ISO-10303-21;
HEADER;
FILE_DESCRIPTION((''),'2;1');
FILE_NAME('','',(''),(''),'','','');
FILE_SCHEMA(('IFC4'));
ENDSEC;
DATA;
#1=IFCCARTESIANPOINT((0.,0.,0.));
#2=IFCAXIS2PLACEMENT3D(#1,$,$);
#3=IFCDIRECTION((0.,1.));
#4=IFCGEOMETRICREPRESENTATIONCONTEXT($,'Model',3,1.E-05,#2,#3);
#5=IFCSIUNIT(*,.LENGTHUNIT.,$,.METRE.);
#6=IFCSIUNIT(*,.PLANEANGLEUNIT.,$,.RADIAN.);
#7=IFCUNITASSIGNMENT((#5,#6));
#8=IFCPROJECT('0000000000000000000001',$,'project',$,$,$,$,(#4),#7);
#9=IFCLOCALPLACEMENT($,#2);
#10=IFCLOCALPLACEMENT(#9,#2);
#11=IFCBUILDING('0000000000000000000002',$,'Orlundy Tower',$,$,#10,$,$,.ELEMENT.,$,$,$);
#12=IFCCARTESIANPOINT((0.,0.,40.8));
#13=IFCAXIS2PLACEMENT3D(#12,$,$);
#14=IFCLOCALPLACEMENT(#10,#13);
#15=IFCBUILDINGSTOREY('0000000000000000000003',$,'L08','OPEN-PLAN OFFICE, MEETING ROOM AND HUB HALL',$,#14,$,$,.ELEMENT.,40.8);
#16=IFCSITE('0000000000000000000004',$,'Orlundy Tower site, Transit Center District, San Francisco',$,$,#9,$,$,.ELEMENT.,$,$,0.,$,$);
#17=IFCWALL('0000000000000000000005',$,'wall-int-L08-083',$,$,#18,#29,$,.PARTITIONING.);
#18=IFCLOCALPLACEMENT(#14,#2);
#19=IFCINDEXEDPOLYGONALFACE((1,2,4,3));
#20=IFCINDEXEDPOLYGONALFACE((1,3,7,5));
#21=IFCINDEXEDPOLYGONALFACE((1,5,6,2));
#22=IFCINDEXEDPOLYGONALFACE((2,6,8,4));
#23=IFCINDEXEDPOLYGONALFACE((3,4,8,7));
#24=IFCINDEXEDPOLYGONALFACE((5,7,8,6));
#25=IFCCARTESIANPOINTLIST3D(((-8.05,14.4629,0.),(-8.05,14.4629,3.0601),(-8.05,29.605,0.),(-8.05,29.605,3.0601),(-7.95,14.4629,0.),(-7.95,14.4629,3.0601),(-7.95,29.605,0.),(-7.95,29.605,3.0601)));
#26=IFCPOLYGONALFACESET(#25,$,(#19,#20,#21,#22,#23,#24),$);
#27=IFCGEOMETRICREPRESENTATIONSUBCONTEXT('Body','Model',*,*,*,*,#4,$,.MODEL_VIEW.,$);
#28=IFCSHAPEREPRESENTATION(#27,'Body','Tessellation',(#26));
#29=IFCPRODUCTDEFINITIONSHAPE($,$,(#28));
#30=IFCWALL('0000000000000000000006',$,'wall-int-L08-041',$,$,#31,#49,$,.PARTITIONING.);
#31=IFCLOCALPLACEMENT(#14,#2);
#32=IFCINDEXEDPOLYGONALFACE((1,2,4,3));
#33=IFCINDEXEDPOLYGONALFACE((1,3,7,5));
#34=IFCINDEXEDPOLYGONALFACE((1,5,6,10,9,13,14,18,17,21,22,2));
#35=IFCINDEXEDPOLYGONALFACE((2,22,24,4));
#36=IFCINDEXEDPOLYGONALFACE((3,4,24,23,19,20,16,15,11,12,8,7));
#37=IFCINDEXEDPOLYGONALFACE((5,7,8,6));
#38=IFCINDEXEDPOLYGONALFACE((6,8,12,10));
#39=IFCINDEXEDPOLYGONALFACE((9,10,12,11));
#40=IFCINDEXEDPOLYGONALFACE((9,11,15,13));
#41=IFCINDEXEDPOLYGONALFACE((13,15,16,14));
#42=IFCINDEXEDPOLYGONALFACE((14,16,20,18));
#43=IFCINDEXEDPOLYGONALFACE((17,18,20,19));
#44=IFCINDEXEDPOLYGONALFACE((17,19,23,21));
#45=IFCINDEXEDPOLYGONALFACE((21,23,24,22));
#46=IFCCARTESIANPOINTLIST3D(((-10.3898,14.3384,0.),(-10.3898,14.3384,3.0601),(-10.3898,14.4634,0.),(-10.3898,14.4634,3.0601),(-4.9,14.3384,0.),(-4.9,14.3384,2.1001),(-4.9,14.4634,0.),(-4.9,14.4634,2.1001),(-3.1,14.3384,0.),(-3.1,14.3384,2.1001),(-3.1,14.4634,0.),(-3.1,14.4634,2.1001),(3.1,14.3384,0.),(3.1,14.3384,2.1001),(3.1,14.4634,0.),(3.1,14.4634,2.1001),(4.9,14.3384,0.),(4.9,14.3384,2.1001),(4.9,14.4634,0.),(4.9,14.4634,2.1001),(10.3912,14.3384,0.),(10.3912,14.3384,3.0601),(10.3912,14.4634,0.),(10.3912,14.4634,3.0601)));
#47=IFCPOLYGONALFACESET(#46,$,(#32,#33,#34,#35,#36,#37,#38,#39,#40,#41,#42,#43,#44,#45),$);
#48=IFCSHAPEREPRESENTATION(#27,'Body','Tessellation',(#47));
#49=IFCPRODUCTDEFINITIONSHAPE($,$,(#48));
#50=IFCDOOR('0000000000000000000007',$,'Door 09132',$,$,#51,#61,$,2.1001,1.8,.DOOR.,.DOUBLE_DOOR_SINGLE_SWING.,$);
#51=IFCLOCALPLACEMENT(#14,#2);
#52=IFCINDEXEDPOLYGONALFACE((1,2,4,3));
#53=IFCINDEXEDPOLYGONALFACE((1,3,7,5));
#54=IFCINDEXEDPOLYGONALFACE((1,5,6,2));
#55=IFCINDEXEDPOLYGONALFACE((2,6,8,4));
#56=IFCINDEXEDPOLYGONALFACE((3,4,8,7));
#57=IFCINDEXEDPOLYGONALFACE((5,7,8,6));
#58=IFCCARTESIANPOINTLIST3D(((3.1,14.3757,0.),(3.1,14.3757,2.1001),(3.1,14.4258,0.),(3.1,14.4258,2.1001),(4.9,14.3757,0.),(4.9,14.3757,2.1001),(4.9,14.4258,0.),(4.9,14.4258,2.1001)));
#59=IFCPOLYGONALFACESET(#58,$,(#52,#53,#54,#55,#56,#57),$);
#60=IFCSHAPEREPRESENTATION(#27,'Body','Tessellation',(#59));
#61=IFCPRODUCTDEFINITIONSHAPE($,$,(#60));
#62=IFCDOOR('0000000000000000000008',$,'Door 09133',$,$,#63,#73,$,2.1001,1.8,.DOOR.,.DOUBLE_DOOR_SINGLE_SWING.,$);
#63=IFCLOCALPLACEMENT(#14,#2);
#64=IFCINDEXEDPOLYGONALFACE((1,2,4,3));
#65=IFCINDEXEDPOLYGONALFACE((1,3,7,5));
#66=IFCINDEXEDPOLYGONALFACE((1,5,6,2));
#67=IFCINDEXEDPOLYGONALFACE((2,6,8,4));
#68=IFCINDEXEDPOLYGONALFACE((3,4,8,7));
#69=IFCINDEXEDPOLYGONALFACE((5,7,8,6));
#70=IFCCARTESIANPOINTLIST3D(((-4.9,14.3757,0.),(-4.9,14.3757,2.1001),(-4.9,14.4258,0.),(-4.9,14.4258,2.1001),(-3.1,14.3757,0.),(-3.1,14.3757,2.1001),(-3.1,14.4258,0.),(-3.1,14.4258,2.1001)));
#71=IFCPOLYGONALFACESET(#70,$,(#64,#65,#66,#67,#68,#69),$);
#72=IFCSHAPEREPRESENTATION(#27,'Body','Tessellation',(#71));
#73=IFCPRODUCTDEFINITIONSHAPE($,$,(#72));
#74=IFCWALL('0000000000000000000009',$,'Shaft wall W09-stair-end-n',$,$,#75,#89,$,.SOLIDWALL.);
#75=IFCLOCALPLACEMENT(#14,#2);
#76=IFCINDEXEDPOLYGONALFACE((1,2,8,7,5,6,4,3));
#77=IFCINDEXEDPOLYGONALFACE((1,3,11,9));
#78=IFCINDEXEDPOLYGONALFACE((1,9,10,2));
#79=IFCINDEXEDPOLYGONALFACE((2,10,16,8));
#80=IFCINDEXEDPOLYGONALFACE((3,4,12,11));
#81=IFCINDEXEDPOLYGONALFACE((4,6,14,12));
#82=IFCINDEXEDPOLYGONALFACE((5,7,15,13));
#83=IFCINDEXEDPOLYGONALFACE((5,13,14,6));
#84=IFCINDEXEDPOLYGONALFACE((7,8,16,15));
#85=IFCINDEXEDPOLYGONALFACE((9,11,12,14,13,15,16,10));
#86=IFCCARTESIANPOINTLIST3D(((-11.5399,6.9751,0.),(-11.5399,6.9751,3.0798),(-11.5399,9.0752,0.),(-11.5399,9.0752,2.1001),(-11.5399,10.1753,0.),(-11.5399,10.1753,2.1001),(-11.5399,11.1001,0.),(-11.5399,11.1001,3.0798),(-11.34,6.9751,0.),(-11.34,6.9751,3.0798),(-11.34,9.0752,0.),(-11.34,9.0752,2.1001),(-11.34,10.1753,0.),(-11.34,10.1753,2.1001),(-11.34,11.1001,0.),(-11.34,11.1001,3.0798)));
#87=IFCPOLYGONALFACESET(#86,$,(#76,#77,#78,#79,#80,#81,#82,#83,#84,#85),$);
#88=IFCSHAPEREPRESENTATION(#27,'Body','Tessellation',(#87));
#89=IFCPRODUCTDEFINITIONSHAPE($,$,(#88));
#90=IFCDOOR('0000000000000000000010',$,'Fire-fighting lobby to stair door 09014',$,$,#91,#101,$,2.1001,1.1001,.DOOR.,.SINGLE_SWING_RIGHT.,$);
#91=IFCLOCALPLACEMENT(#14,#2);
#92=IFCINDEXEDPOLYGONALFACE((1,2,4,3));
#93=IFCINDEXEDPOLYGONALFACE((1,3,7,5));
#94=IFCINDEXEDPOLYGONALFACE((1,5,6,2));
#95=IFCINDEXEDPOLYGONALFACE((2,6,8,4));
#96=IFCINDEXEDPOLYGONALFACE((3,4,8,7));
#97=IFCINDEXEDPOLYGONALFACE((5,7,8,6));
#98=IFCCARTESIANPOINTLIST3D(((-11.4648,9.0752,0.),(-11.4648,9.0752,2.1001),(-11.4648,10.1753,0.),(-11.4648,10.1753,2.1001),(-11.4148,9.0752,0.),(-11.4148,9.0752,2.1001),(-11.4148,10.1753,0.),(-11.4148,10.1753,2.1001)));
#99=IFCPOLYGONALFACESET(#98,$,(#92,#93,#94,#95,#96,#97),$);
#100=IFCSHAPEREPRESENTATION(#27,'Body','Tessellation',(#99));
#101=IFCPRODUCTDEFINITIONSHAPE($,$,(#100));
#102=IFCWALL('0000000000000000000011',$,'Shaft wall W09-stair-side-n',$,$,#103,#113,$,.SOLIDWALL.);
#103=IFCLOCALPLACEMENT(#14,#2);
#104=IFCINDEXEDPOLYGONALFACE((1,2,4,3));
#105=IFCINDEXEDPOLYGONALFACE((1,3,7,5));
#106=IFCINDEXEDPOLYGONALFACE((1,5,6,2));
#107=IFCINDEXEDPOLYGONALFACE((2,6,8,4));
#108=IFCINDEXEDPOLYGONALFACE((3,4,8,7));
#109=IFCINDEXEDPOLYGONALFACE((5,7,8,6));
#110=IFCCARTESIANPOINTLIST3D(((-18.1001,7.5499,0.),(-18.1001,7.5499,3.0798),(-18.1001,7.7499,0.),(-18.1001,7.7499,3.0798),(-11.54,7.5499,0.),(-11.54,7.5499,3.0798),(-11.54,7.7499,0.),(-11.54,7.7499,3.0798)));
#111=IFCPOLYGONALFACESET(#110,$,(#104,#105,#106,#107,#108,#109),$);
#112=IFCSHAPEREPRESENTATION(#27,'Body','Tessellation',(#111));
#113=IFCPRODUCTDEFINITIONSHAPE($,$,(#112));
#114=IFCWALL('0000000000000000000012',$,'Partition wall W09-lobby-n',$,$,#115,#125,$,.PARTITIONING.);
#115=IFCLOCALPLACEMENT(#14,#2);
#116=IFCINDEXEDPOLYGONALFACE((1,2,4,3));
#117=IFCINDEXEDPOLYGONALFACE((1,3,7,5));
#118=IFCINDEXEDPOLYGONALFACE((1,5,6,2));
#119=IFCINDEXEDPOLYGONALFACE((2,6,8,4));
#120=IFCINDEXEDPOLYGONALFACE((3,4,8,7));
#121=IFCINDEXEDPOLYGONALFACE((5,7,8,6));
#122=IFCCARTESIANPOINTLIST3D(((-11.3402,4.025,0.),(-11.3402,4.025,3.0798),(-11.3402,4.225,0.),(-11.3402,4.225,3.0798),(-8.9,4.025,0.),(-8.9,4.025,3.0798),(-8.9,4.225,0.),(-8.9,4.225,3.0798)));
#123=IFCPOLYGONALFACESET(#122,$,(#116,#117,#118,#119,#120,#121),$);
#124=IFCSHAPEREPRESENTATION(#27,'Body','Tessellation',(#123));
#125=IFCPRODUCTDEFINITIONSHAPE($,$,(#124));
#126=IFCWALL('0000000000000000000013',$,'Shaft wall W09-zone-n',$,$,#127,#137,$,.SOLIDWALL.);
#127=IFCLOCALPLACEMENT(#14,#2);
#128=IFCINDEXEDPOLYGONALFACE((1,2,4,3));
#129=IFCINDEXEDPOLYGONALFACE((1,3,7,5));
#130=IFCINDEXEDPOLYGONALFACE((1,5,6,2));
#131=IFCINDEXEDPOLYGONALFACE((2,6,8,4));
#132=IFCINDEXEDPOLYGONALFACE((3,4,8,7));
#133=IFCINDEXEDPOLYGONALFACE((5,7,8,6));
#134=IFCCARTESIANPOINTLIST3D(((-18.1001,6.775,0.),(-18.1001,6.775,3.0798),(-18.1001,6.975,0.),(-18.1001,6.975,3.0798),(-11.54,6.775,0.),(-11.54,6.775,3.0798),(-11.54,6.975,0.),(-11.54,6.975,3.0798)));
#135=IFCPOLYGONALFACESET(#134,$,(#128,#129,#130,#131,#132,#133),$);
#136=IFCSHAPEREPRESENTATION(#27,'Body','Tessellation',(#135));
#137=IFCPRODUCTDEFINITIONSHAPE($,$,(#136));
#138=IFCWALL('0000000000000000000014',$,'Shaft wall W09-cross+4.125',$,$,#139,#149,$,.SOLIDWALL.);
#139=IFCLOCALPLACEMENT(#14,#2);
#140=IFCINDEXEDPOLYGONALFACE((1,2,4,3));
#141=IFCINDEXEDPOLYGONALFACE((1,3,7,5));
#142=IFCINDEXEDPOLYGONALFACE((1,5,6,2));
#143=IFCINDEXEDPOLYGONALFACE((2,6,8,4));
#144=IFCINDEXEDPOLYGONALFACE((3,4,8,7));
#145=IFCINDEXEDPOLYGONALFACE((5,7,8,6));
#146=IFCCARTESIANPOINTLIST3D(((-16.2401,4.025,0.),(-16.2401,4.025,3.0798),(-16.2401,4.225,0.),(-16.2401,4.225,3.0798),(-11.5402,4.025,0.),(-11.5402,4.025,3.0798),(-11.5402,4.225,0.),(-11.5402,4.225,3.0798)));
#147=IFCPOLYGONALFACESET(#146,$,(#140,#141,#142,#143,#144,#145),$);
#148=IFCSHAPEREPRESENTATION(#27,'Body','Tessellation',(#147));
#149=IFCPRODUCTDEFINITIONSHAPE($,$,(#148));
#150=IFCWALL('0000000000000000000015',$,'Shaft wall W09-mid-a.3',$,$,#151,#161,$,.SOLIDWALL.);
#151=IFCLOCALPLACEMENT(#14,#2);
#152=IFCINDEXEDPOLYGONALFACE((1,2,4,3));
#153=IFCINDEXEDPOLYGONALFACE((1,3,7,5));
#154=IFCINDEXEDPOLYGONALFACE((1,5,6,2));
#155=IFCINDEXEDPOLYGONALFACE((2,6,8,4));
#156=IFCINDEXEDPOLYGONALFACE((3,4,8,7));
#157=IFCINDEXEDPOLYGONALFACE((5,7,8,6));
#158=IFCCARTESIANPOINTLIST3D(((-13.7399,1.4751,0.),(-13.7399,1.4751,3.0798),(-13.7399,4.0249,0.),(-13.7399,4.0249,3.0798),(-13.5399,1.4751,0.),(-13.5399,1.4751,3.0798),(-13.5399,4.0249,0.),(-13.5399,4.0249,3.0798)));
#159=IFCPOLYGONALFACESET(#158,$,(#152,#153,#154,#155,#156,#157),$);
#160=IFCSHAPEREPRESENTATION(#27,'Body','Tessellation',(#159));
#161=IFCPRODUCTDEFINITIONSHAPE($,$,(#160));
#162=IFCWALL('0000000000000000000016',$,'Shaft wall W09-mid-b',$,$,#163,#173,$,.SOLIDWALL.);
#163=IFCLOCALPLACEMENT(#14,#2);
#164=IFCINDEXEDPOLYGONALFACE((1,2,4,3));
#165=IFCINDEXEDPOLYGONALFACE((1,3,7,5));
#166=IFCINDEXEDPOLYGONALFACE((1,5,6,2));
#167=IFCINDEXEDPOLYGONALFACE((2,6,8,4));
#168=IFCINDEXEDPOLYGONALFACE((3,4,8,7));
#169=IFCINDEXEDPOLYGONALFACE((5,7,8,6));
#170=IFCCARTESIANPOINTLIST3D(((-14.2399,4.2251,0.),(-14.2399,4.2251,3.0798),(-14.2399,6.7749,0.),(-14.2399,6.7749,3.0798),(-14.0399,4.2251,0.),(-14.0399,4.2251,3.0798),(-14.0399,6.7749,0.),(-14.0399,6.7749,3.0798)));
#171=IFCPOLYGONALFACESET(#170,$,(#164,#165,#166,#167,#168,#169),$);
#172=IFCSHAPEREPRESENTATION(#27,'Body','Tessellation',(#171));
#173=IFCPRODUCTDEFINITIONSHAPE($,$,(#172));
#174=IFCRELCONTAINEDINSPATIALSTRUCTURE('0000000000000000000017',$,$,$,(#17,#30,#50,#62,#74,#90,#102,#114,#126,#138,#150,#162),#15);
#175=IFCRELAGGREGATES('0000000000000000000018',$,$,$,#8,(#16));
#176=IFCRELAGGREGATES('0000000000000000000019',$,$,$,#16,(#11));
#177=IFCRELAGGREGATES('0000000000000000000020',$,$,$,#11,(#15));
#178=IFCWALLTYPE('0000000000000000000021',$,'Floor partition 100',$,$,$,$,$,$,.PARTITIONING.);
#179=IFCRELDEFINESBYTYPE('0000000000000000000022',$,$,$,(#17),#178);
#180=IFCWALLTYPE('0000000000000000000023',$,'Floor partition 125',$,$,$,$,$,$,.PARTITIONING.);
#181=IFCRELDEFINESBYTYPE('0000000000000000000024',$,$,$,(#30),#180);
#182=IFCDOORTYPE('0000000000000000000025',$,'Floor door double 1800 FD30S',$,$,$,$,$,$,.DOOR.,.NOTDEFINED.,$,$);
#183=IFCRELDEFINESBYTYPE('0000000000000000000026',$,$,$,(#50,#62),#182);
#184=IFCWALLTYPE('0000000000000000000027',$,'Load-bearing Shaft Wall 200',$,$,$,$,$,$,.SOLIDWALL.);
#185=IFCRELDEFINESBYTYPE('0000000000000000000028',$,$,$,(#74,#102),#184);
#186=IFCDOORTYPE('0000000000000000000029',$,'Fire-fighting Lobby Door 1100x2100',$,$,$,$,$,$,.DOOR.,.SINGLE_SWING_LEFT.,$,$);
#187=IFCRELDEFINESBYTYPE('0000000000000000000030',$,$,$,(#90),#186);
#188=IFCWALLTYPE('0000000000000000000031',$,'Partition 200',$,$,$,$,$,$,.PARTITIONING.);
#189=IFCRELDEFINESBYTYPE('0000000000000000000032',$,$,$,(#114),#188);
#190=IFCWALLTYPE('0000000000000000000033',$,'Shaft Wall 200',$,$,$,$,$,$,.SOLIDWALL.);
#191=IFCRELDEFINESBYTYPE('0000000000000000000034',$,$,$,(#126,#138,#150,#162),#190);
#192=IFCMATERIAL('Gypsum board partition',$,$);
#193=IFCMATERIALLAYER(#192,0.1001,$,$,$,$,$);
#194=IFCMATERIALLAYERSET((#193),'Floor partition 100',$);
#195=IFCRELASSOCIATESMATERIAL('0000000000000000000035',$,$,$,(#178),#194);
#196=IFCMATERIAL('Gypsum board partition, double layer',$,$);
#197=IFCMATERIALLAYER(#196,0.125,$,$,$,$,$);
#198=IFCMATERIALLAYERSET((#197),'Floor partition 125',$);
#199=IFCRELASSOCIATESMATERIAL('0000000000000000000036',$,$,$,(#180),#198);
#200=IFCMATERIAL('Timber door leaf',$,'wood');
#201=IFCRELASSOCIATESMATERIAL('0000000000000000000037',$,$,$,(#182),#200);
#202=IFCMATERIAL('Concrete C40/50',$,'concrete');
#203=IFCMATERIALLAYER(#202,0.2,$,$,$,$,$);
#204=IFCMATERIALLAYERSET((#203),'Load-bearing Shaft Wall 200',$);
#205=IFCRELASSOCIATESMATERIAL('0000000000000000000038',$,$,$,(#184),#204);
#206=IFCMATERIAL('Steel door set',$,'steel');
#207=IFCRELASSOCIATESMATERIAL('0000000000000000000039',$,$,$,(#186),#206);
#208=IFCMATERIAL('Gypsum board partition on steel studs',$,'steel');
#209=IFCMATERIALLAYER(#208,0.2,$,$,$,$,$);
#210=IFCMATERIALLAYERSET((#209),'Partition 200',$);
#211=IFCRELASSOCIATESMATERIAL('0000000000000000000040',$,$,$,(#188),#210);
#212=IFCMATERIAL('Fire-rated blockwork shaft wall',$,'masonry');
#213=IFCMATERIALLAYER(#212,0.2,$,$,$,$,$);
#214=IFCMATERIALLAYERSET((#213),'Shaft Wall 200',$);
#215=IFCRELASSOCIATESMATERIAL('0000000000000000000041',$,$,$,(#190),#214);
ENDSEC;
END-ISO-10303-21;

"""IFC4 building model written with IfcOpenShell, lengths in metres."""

from ifc_helpers import new_model, si_unit, direction, frame, frame_2d, origin, place, context, subcontext, project, spatial, rectangle, extrude, material, layer, layer_set, type_object, element, fill, save


model = new_model("IFC4")

# Units and contexts
model_context = context("Model", 3, precision=1e-05, world=origin(), true_north=direction((0.0, 1.0)))
body_context = subcontext(model_context, "Body", "Model", "MODEL_VIEW")
ifc_project = project(units=[si_unit("LENGTHUNIT", "METRE"), si_unit("PLANEANGLEUNIT", "RADIAN")], contexts=[model_context])

# Site, building, storey
site_placement = place(None, origin())
site = spatial("IfcSite", under=ifc_project, at=site_placement, Name="Orlundy Tower site, Transit Center District, San Francisco", CompositionType="ELEMENT", RefElevation=0.0)
building_placement = place(site_placement, origin())
building = spatial("IfcBuilding", under=site, at=building_placement, Name="Orlundy Tower", CompositionType="ELEMENT")
storey_placement = place(building_placement, frame((0.0, 0.0, 40.8)))
storey = spatial("IfcBuildingStorey", under=building, at=storey_placement, Name="L08", Description="OPEN-PLAN OFFICE, MEETING ROOM AND HUB HALL", CompositionType="ELEMENT", Elevation=40.8)

# Wall
ifc_material_1 = material(Name="Gypsum board partition")
ifc_layer_1 = layer(ifc_material_1, 0.1001)
ifc_layer_set_1 = layer_set([ifc_layer_1], Name="Floor partition 100")
wall_type_1 = type_object("IfcWallType", Name="Floor partition 100", PredefinedType="PARTITIONING", material=ifc_layer_set_1)
wall_1_placement = place(storey_placement, frame((-8.0, 14.4629, 0.0), z_axis=(0.0, 0.0, 1.0), x_axis=(0.0, 1.0, 0.0)))
element("IfcWall", 1, at=wall_1_placement, inside=storey, type_object=wall_type_1, Name="wall-int-L08-083", PredefinedType="PARTITIONING", context=body_context, shape_type="SweptSolid", body=[
    extrude(rectangle(XDim=15.1421, YDim=0.1001, at=frame_2d((7.571, 0.0))), origin(), (0.0, 0.0, 1.0), 3.0601),
])

# Wall, openings, doors
ifc_material_2 = material(Name="Gypsum board partition, double layer")
ifc_layer_2 = layer(ifc_material_2, 0.125)
ifc_layer_set_2 = layer_set([ifc_layer_2], Name="Floor partition 125")
wall_type_2 = type_object("IfcWallType", Name="Floor partition 125", PredefinedType="PARTITIONING", material=ifc_layer_set_2)
wall_2_placement = place(storey_placement, frame((-10.3899, 14.4009, 0.0), z_axis=(0.0, 0.0, 1.0), x_axis=(1.0, 0.0, 0.0)))
wall_2 = element("IfcWall", 2, at=wall_2_placement, inside=storey, type_object=wall_type_2, Name="wall-int-L08-041", PredefinedType="PARTITIONING", context=body_context, shape_type="SweptSolid", body=[
    extrude(rectangle(XDim=20.781, YDim=0.125, at=frame_2d((10.3906, 0.0))), origin(), (0.0, 0.0, 1.0), 3.0601),
])
opening_1_placement = place(wall_2_placement, frame((13.49, 0.0, 0.0)))
opening_1 = element("IfcOpeningElement", 3, at=opening_1_placement, cuts=wall_2, PredefinedType="OPENING", context=body_context, shape_type="SweptSolid", body=[
    extrude(rectangle(XDim=1.8, YDim=2.1001, at=frame_2d((0.8999, 1.05))), frame((0.0, 0.0725, 0.0), z_axis=(0.0, -1.0, 0.0), x_axis=(1.0, 0.0, 0.0)), (0.0, 0.0, 1.0), 0.145),
])
opening_2_placement = place(wall_2_placement, frame((5.49, 0.0, 0.0)))
opening_2 = element("IfcOpeningElement", 4, at=opening_2_placement, cuts=wall_2, PredefinedType="OPENING", context=body_context, shape_type="SweptSolid", body=[
    extrude(rectangle(XDim=1.8, YDim=2.1001, at=frame_2d((0.8999, 1.05))), frame((0.0, 0.0725, 0.0), z_axis=(0.0, -1.0, 0.0), x_axis=(1.0, 0.0, 0.0)), (0.0, 0.0, 1.0), 0.145),
])
ifc_material_3 = material(Name="Timber door leaf", Category="wood")
door_type_1 = type_object("IfcDoorType", Name="Floor door double 1800 FD30S", OperationType="NOTDEFINED", PredefinedType="DOOR", material=ifc_material_3)
door_1_placement = place(opening_1_placement, origin())
door_1 = element("IfcDoor", 5, at=door_1_placement, inside=storey, type_object=door_type_1, Name="Door 09132", OperationType="DOUBLE_DOOR_SINGLE_SWING", OverallHeight=2.1001, OverallWidth=1.8, PredefinedType="DOOR", context=body_context, shape_type="SweptSolid", body=[
    extrude(rectangle(XDim=1.8, YDim=2.1001, at=frame_2d((0.8999, 1.05))), frame((0.0, 0.0249, 0.0), z_axis=(0.0, -1.0, 0.0), x_axis=(1.0, 0.0, 0.0)), (0.0, 0.0, 1.0), 0.05),
])
fill(opening_1, door_1)
door_2_placement = place(opening_2_placement, origin())
door_2 = element("IfcDoor", 6, at=door_2_placement, inside=storey, type_object=door_type_1, Name="Door 09133", OperationType="DOUBLE_DOOR_SINGLE_SWING", OverallHeight=2.1001, OverallWidth=1.8, PredefinedType="DOOR", context=body_context, shape_type="SweptSolid", body=[
    extrude(rectangle(XDim=1.8, YDim=2.1001, at=frame_2d((0.8999, 1.05))), frame((0.0, 0.0249, 0.0), z_axis=(0.0, -1.0, 0.0), x_axis=(1.0, 0.0, 0.0)), (0.0, 0.0, 1.0), 0.05),
])
fill(opening_2, door_2)

# Wall, opening, door
ifc_material_4 = material(Name="Concrete C40/50", Category="concrete")
ifc_layer_3 = layer(ifc_material_4, 0.2)
ifc_layer_set_3 = layer_set([ifc_layer_3], Name="Load-bearing Shaft Wall 200")
wall_type_3 = type_object("IfcWallType", Name="Load-bearing Shaft Wall 200", PredefinedType="SOLIDWALL", material=ifc_layer_set_3)
wall_3_placement = place(storey_placement, frame((-11.4399, 6.9751, 0.0), z_axis=(0.0, 0.0, 1.0), x_axis=(0.0, 1.0, 0.0)))
wall_3 = element("IfcWall", 7, at=wall_3_placement, inside=storey, type_object=wall_type_3, Name="Shaft wall W09-stair-end-n", PredefinedType="SOLIDWALL", context=body_context, shape_type="SweptSolid", body=[
    extrude(rectangle(XDim=4.125, YDim=0.2, at=frame_2d((2.0625, 0.0))), origin(), (0.0, 0.0, 1.0), 3.0798),
])
opening_3_placement = place(wall_3_placement, frame((2.1001, 0.0, 0.0)))
opening_3 = element("IfcOpeningElement", 8, at=opening_3_placement, cuts=wall_3, PredefinedType="OPENING", context=body_context, shape_type="SweptSolid", body=[
    extrude(rectangle(XDim=1.1001, YDim=2.1001, at=frame_2d((0.55, 1.05))), frame((0.0, 0.1101, 0.0), z_axis=(0.0, -1.0, 0.0), x_axis=(1.0, 0.0, 0.0)), (0.0, 0.0, 1.0), 0.2202),
])
ifc_material_5 = material(Name="Steel door set", Category="steel")
door_type_2 = type_object("IfcDoorType", Name="Fire-fighting Lobby Door 1100x2100", OperationType="SINGLE_SWING_LEFT", PredefinedType="DOOR", material=ifc_material_5)
door_3_placement = place(opening_3_placement, origin())
door_3 = element("IfcDoor", 9, at=door_3_placement, inside=storey, type_object=door_type_2, Name="Fire-fighting lobby to stair door 09014", OperationType="SINGLE_SWING_RIGHT", OverallHeight=2.1001, OverallWidth=1.1001, PredefinedType="DOOR", context=body_context, shape_type="SweptSolid", body=[
    extrude(rectangle(XDim=1.1001, YDim=2.1001, at=frame_2d((0.55, 1.05))), frame((0.0, 0.0249, 0.0), z_axis=(0.0, -1.0, 0.0), x_axis=(1.0, 0.0, 0.0)), (0.0, 0.0, 1.0), 0.05),
])
fill(opening_3, door_3)

# Walls
wall_4_placement = place(storey_placement, frame((-11.54, 7.6499, 0.0), z_axis=(0.0, 0.0, 1.0), x_axis=(-1.0, 0.0, 0.0)))
element("IfcWall", 10, at=wall_4_placement, inside=storey, type_object=wall_type_3, Name="Shaft wall W09-stair-side-n", PredefinedType="SOLIDWALL", context=body_context, shape_type="SweptSolid", body=[
    extrude(rectangle(XDim=6.5601, YDim=0.2, at=frame_2d((3.28, 0.0))), origin(), (0.0, 0.0, 1.0), 3.0798),
])
ifc_material_6 = material(Name="Gypsum board partition on steel studs", Category="steel")
ifc_layer_4 = layer(ifc_material_6, 0.2)
ifc_layer_set_4 = layer_set([ifc_layer_4], Name="Partition 200")
wall_type_4 = type_object("IfcWallType", Name="Partition 200", PredefinedType="PARTITIONING", material=ifc_layer_set_4)
wall_5_placement = place(storey_placement, frame((-8.8999, 4.125, 0.0), z_axis=(0.0, 0.0, 1.0), x_axis=(-1.0, 0.0, 0.0)))
element("IfcWall", 11, at=wall_5_placement, inside=storey, type_object=wall_type_4, Name="Partition wall W09-lobby-n", PredefinedType="PARTITIONING", context=body_context, shape_type="SweptSolid", body=[
    extrude(rectangle(XDim=2.4402, YDim=0.2, at=frame_2d((1.2202, 0.0))), origin(), (0.0, 0.0, 1.0), 3.0798),
])
ifc_material_7 = material(Name="Fire-rated blockwork shaft wall", Category="masonry")
ifc_layer_5 = layer(ifc_material_7, 0.2)
ifc_layer_set_5 = layer_set([ifc_layer_5], Name="Shaft Wall 200")
wall_type_5 = type_object("IfcWallType", Name="Shaft Wall 200", PredefinedType="SOLIDWALL", material=ifc_layer_set_5)
wall_6_placement = place(storey_placement, frame((-11.54, 6.875, 0.0), z_axis=(0.0, 0.0, 1.0), x_axis=(-1.0, 0.0, 0.0)))
element("IfcWall", 12, at=wall_6_placement, inside=storey, type_object=wall_type_5, Name="Shaft wall W09-zone-n", PredefinedType="SOLIDWALL", context=body_context, shape_type="SweptSolid", body=[
    extrude(rectangle(XDim=6.5601, YDim=0.2, at=frame_2d((3.28, 0.0))), origin(), (0.0, 0.0, 1.0), 3.0798),
])
wall_7_placement = place(storey_placement, frame((-11.54, 4.125, 0.0), z_axis=(0.0, 0.0, 1.0), x_axis=(-1.0, 0.0, 0.0)))
element("IfcWall", 13, at=wall_7_placement, inside=storey, type_object=wall_type_5, Name="Shaft wall W09-cross+4.125", PredefinedType="SOLIDWALL", context=body_context, shape_type="SweptSolid", body=[
    extrude(rectangle(XDim=4.7, YDim=0.2, at=frame_2d((2.3501, 0.0))), origin(), (0.0, 0.0, 1.0), 3.0798),
])
for number, where, z_axis, x_axis, name in (
    (14, (-13.6399, 1.4751, 0.0), (0.0, 0.0, 1.0), (0.0, 1.0, 0.0), "Shaft wall W09-mid-a.3"),
    (15, (-14.1399, 4.2251, 0.0), (0.0, 0.0, 1.0), (0.0, 1.0, 0.0), "Shaft wall W09-mid-b"),
):
    element("IfcWall", number, at=place(storey_placement, frame(where, z_axis=z_axis, x_axis=x_axis)), inside=storey, type_object=wall_type_5, Name=name, PredefinedType="SOLIDWALL", context=body_context, shape_type="SweptSolid", body=[
        extrude(rectangle(XDim=2.5498, YDim=0.2, at=frame_2d((1.2749, 0.0))), origin(), (0.0, 0.0, 1.0), 3.0798),
    ])

save(model, "model.ifc")
